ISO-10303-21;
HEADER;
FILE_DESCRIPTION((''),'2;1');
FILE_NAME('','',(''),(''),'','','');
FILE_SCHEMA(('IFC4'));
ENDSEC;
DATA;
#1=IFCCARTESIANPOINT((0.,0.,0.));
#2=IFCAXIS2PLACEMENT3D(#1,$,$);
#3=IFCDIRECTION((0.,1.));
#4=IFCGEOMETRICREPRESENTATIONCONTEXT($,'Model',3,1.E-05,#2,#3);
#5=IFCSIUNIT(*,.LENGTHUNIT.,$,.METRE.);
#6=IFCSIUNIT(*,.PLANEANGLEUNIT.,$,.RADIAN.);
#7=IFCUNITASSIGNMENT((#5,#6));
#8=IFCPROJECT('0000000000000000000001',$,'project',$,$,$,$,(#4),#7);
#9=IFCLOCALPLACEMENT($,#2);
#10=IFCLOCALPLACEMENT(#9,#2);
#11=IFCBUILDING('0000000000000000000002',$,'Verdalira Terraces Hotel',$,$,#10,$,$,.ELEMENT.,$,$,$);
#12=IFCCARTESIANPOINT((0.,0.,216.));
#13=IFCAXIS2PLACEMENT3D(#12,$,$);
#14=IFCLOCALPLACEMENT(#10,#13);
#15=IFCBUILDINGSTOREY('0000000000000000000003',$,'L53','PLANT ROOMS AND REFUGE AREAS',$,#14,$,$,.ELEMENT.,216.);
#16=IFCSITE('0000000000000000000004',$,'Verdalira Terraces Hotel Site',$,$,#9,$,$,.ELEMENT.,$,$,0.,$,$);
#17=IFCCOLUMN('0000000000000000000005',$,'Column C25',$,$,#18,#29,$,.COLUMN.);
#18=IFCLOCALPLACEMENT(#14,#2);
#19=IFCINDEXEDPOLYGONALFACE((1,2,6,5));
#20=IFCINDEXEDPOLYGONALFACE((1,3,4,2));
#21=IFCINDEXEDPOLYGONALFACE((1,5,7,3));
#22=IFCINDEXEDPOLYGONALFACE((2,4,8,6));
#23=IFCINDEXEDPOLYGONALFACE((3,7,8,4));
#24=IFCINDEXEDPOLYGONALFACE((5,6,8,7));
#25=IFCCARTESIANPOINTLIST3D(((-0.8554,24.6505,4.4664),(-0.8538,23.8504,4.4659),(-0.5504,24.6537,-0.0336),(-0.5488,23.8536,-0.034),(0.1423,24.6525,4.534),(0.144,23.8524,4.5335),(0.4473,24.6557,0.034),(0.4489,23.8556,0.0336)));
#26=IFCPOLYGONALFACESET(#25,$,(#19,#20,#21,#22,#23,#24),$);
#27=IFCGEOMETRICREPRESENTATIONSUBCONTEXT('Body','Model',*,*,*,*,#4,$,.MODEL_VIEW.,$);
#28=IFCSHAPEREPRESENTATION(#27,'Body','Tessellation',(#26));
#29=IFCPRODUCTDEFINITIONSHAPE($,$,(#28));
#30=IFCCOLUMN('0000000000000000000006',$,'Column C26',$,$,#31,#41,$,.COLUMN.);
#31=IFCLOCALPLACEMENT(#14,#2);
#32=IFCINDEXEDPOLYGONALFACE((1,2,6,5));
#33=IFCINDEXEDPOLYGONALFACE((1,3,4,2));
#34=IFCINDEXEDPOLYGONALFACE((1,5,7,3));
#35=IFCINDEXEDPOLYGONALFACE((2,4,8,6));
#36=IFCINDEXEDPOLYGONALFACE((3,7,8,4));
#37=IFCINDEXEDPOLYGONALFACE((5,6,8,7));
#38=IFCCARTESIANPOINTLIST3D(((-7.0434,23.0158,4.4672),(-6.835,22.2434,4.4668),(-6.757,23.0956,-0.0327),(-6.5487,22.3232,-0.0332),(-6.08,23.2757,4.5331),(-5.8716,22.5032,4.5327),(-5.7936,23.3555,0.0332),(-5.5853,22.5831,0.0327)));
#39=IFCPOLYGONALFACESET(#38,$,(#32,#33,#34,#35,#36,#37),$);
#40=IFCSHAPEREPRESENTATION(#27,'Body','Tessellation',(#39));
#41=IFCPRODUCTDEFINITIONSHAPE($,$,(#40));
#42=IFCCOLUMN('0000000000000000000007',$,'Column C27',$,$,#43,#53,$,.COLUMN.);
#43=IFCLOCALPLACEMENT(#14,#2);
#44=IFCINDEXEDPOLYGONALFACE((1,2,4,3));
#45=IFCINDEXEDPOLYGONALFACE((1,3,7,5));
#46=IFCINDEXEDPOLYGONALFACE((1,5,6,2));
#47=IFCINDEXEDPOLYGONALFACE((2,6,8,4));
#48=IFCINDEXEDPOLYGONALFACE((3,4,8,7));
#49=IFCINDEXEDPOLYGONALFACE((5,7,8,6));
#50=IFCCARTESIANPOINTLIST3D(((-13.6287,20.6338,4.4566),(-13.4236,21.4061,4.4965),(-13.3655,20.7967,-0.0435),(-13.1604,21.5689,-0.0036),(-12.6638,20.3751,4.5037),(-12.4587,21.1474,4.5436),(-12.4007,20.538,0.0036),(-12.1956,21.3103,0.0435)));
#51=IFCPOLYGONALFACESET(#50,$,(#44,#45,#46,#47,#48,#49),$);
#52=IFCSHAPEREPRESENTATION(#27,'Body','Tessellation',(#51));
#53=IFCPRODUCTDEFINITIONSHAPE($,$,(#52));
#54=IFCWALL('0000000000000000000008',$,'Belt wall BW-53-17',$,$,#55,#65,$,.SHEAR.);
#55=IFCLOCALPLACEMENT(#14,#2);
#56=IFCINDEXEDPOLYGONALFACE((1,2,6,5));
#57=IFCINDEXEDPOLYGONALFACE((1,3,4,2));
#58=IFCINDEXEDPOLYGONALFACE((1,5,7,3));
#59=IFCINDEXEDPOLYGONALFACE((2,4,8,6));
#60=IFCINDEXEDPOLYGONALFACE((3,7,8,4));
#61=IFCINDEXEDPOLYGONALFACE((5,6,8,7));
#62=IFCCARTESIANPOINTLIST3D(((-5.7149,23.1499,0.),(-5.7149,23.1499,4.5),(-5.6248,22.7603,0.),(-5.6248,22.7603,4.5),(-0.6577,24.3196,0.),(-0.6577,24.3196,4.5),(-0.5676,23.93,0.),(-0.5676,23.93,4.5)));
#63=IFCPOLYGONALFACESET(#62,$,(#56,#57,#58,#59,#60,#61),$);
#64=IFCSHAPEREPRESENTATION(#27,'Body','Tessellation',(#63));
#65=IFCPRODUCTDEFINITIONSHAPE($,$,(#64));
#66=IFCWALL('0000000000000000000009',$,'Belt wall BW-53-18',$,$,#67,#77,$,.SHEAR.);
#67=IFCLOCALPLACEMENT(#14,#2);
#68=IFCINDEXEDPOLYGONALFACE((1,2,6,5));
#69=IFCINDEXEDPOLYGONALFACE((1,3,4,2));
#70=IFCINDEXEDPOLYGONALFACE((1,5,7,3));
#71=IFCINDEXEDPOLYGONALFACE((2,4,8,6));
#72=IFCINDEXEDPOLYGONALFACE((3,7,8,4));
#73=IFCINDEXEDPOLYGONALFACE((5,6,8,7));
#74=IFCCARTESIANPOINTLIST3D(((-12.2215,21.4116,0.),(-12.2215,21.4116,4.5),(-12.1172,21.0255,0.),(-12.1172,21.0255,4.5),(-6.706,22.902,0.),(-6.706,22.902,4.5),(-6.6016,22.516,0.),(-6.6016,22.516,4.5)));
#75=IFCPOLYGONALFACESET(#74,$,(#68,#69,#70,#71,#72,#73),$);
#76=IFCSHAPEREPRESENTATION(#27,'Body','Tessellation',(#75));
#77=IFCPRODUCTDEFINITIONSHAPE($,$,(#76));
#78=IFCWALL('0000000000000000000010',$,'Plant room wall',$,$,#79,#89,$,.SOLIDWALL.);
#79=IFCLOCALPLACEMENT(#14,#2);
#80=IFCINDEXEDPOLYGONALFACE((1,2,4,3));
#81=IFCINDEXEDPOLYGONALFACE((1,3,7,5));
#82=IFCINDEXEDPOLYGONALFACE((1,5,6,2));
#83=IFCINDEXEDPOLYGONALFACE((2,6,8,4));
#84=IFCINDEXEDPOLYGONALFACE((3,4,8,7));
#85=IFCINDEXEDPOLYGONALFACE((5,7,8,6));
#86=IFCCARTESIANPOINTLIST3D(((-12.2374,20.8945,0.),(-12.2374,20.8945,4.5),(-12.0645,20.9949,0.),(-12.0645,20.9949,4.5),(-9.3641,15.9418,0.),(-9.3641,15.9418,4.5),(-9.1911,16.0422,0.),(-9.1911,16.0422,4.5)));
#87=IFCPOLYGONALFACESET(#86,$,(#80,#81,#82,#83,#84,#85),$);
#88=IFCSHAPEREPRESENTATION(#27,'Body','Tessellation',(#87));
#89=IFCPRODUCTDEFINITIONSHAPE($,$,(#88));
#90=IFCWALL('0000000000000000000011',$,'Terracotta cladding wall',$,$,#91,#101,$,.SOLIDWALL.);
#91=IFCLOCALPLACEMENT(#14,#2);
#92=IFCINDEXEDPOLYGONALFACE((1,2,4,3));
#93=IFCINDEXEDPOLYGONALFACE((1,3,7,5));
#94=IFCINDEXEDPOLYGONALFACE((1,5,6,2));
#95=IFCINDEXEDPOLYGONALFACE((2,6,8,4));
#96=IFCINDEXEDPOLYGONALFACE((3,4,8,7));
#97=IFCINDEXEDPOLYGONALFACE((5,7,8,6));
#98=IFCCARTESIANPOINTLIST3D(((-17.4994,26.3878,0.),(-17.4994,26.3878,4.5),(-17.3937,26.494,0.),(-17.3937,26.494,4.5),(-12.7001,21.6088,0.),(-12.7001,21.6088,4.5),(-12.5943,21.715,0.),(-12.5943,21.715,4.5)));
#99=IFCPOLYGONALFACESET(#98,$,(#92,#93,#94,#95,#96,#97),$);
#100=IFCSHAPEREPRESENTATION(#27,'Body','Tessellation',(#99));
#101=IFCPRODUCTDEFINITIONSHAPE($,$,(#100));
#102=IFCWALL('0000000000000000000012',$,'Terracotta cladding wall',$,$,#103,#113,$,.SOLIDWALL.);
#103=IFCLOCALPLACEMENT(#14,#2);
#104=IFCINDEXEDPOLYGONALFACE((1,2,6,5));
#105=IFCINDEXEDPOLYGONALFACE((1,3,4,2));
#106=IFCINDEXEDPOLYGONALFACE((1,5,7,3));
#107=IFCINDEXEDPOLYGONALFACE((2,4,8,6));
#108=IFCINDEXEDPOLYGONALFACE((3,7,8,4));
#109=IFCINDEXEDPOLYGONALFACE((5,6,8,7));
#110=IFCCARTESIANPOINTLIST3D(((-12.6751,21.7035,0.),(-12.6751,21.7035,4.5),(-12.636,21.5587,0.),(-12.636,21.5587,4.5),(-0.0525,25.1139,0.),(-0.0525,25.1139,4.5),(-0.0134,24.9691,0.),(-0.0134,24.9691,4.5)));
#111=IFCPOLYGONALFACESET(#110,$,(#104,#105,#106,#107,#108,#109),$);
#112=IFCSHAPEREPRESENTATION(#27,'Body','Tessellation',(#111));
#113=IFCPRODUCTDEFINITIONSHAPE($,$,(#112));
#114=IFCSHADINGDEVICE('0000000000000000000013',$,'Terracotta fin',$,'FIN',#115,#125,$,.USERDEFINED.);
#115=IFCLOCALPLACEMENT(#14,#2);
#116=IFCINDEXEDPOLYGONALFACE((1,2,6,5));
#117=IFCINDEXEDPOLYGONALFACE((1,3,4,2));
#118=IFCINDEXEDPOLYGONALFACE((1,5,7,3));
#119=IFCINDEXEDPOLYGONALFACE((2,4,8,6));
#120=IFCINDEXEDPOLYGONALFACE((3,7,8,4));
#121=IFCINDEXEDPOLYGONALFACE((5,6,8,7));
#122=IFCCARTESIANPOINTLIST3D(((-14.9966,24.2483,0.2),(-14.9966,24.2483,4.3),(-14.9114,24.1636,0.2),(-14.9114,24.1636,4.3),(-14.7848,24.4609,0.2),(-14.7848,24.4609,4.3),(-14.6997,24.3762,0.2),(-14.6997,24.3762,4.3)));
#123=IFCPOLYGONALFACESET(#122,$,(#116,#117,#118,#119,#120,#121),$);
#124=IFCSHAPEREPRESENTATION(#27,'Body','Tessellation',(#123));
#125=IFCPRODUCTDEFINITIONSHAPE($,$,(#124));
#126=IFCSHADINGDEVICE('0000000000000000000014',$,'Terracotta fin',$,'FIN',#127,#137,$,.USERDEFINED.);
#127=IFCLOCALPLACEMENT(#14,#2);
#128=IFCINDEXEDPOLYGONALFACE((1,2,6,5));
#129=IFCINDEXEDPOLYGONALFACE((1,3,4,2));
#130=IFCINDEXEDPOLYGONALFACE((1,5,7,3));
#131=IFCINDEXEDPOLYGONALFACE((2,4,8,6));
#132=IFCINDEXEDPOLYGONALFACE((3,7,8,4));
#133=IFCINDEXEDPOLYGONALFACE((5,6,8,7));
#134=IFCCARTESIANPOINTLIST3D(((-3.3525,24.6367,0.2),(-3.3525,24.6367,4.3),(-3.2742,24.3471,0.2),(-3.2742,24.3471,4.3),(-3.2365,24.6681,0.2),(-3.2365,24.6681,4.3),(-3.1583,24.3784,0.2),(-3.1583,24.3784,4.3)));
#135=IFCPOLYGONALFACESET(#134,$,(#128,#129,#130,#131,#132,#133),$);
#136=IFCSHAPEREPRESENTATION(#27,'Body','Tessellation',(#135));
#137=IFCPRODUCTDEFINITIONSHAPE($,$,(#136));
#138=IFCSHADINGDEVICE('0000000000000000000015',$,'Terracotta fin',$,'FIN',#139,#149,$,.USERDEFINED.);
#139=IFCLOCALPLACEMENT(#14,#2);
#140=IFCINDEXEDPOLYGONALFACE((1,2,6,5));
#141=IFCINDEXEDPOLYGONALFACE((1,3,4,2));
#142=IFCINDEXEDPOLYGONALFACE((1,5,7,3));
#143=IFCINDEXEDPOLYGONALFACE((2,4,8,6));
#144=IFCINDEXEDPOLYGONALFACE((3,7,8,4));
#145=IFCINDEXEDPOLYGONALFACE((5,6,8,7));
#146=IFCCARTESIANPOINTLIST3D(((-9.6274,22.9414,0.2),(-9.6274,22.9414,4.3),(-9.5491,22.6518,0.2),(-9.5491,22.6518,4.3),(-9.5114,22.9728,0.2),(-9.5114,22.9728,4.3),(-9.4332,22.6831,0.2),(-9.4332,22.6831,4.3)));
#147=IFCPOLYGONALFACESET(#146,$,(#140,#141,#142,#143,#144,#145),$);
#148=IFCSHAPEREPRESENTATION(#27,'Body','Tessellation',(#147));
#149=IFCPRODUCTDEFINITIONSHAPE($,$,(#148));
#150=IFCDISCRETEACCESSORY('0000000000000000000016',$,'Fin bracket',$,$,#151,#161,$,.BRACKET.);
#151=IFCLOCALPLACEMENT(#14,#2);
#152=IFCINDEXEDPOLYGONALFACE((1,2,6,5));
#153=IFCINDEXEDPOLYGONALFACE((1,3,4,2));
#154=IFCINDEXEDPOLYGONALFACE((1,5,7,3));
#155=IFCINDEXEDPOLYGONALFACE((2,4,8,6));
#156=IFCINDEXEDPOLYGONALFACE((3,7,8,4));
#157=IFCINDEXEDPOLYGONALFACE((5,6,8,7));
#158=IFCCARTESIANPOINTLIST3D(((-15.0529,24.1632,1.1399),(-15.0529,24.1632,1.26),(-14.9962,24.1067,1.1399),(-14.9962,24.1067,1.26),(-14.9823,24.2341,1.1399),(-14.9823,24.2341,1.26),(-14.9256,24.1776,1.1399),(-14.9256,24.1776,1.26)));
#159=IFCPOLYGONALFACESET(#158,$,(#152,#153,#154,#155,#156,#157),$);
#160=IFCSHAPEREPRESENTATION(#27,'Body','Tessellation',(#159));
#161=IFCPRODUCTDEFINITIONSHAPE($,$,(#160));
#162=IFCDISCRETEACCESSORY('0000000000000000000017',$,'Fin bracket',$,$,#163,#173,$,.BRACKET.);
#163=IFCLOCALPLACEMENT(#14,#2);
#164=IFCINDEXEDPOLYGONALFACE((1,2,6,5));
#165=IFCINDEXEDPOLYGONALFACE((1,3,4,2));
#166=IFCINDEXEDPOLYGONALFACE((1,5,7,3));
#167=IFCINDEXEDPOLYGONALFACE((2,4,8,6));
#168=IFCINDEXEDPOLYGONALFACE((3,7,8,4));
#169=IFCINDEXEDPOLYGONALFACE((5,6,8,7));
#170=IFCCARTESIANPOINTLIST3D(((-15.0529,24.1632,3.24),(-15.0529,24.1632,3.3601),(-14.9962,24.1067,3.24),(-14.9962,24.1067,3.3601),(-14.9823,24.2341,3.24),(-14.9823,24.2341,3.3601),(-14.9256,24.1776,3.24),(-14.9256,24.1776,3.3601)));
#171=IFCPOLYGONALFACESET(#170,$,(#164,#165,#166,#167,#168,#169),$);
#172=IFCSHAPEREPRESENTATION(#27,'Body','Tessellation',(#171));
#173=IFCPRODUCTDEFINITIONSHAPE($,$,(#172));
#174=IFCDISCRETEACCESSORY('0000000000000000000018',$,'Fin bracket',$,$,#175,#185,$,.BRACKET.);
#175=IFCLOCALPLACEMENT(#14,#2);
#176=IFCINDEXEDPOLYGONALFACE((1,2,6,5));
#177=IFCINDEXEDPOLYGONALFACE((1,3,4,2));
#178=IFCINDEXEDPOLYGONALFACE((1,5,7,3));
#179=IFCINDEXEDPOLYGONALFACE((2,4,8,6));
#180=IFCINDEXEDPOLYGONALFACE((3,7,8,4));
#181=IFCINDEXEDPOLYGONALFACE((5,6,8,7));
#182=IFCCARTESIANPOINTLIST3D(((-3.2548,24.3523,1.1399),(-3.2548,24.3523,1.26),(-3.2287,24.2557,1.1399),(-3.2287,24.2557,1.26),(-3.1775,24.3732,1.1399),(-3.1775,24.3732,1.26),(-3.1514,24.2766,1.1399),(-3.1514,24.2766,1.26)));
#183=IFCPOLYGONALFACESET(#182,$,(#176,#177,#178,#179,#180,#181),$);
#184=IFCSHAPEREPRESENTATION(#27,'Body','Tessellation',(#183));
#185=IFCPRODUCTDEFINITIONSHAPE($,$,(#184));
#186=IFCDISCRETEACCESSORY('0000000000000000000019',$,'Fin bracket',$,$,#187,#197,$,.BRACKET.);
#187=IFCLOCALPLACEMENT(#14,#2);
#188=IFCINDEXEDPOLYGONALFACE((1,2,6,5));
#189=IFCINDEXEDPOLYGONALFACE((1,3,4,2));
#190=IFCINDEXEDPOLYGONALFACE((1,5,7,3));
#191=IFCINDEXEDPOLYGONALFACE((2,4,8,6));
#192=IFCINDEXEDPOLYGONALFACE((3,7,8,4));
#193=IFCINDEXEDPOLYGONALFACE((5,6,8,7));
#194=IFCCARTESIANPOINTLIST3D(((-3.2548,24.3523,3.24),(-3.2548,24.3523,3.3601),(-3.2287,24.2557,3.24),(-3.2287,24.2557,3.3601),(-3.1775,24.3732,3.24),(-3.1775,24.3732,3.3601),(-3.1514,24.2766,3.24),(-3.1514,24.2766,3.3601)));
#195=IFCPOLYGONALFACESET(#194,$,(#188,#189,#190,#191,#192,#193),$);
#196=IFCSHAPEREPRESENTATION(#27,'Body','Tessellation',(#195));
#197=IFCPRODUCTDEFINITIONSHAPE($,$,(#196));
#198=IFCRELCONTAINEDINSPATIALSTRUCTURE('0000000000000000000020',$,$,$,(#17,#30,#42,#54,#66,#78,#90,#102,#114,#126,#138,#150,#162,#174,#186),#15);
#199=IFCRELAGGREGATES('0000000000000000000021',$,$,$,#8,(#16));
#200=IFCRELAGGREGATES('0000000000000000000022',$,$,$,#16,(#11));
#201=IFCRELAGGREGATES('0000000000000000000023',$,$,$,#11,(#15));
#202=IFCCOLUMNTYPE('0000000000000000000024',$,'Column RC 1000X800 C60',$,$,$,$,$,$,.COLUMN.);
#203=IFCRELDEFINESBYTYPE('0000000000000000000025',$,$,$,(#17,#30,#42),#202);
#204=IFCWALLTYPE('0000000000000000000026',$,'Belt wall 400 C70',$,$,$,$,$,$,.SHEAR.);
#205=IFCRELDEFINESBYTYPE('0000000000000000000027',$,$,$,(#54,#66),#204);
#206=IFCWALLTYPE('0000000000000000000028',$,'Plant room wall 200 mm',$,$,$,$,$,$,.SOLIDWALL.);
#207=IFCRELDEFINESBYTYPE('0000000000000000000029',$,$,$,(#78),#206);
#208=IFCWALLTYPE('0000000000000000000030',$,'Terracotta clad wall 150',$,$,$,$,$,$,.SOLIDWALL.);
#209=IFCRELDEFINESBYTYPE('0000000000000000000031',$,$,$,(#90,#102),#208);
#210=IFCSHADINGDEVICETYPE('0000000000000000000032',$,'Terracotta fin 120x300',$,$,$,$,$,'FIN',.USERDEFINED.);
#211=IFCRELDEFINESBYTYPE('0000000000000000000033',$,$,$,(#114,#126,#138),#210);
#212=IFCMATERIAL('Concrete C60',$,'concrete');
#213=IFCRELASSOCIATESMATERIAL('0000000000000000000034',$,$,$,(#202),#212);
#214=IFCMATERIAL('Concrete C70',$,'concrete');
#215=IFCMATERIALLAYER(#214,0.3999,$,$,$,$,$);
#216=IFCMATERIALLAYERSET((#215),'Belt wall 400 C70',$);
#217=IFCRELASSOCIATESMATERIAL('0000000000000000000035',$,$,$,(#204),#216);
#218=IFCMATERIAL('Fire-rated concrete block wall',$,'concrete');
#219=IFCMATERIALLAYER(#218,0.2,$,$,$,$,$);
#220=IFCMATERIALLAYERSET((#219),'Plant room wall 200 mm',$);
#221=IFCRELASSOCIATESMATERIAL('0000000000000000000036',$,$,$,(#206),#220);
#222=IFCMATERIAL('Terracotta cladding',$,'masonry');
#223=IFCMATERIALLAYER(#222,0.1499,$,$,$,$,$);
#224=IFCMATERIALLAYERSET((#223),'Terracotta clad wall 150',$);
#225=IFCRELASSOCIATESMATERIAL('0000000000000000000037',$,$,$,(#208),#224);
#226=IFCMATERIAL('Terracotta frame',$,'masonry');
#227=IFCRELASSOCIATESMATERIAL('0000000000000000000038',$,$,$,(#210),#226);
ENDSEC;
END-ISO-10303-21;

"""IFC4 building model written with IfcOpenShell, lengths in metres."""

from ifc_helpers import new_model, si_unit, direction, frame, frame_2d, origin, origin_2d, place, context, subcontext, project, spatial, rectangle, extrude, material, layer, layer_set, material_profile, profile_set, type_object, element, save


model = new_model("IFC4")

# Units and contexts
model_context = context("Model", 3, precision=1e-05, world=origin(), true_north=direction((0.0, 1.0)))
body_context = subcontext(model_context, "Body", "Model", "MODEL_VIEW")
ifc_project = project(units=[si_unit("LENGTHUNIT", "METRE"), si_unit("PLANEANGLEUNIT", "RADIAN")], contexts=[model_context])

# Site, building, storey
site_placement = place(None, origin())
site = spatial("IfcSite", under=ifc_project, at=site_placement, Name="Verdalira Terraces Hotel Site", CompositionType="ELEMENT", RefElevation=0.0)
building_placement = place(site_placement, origin())
building = spatial("IfcBuilding", under=site, at=building_placement, Name="Verdalira Terraces Hotel", CompositionType="ELEMENT")
storey_placement = place(building_placement, frame((0.0, 0.0, 216.0)))
storey = spatial("IfcBuildingStorey", under=building, at=storey_placement, Name="L53", Description="PLANT ROOMS AND REFUGE AREAS", CompositionType="ELEMENT", Elevation=216.0)

# Columns
ifc_material_1 = material(Name="Concrete C60", Category="concrete")
ifc_material_profile_1 = material_profile(ifc_material_1, rectangle(XDim=1.0, YDim=0.8, at=origin_2d()), Name="RC 1000X800")
ifc_profile_set_1 = profile_set([ifc_material_profile_1], Name="Concrete C60")
column_type = type_object("IfcColumnType", Name="Column RC 1000X800 C60", PredefinedType="COLUMN", material=ifc_profile_set_1)
column_1_placement = place(storey_placement, frame((-0.0508, 24.2546, 0.0), z_axis=(-0.067608, -0.000704, 0.997712), x_axis=(0.99771, 0.001987, 0.067609)))
element("IfcColumn", 1, at=column_1_placement, inside=storey, type_object=column_type, Name="Column C25", PredefinedType="COLUMN", context=body_context, shape_type="SweptSolid", body=[
    extrude(rectangle(XDim=1.0, YDim=0.8, at=origin_2d()), origin(), (0.0, 0.0, 1.0), 4.5103),
])
column_2_placement = place(storey_placement, frame((-6.1711, 22.8394, 0.0), z_axis=(-0.063501, -0.017702, 0.997825), x_axis=(-0.963396, -0.259853, -0.06592)))
element("IfcColumn", 2, at=column_2_placement, inside=storey, type_object=column_type, Name="Column C26", PredefinedType="COLUMN", context=body_context, shape_type="SweptSolid", body=[
    extrude(rectangle(XDim=1.0, YDim=0.8, at=origin_2d()), origin(), (0.0, 0.0, 1.0), 4.5098),
])
column_3_placement = place(storey_placement, frame((-12.7805, 21.0535, 0.0), z_axis=(-0.058347, -0.036102, 0.997643), x_axis=(0.964819, -0.258667, 0.047067)))
element("IfcColumn", 3, at=column_3_placement, inside=storey, type_object=column_type, Name="Column C27", PredefinedType="COLUMN", context=body_context, shape_type="SweptSolid", body=[
    extrude(rectangle(XDim=1.0, YDim=0.8, at=origin_2d()), origin(), (0.0, 0.0, 1.0), 4.5107),
])

# Walls
ifc_material_2 = material(Name="Concrete C70", Category="concrete")
ifc_layer_1 = layer(ifc_material_2, 0.3999)
ifc_layer_set_1 = layer_set([ifc_layer_1], Name="Belt wall 400 C70")
wall_type_1 = type_object("IfcWallType", Name="Belt wall 400 C70", PredefinedType="SHEAR", material=ifc_layer_set_1)
wall_1_placement = place(storey_placement, frame((-0.6128, 24.1248, 0.0), z_axis=(0.0, 0.0, 1.0), x_axis=(-0.974279, -0.225344, 0.0)))
element("IfcWall", 4, at=wall_1_placement, inside=storey, type_object=wall_type_1, Name="Belt wall BW-53-17", PredefinedType="SHEAR", context=body_context, shape_type="SweptSolid", body=[
    extrude(rectangle(XDim=5.1907, YDim=0.3999, at=frame_2d((2.5952, 0.0))), origin(), (0.0, 0.0, 1.0), 4.5),
])
wall_2_placement = place(storey_placement, frame((-6.6538, 22.709, 0.0), z_axis=(0.0, 0.0, 1.0), x_axis=(-0.965374, -0.260871, 0.0)))
element("IfcWall", 5, at=wall_2_placement, inside=storey, type_object=wall_type_1, Name="Belt wall BW-53-18", PredefinedType="SHEAR", context=body_context, shape_type="SweptSolid", body=[
    extrude(rectangle(XDim=5.7134, YDim=0.3999, at=frame_2d((2.8567, 0.0))), origin(), (0.0, 0.0, 1.0), 4.5),
])
ifc_material_3 = material(Name="Fire-rated concrete block wall", Category="concrete")
ifc_layer_2 = layer(ifc_material_3, 0.2)
ifc_layer_set_2 = layer_set([ifc_layer_2], Name="Plant room wall 200 mm")
wall_type_2 = type_object("IfcWallType", Name="Plant room wall 200 mm", PredefinedType="SOLIDWALL", material=ifc_layer_set_2)
wall_3_placement = place(storey_placement, frame((-12.1509, 20.9446, 0.0), z_axis=(0.0, 0.0, 1.0), x_axis=(0.501818, -0.864973, 0.0)))
element("IfcWall", 6, at=wall_3_placement, inside=storey, type_object=wall_type_2, Name="Plant room wall", PredefinedType="SOLIDWALL", context=body_context, shape_type="SweptSolid", body=[
    extrude(rectangle(XDim=5.7258, YDim=0.2, at=frame_2d((2.8628, 0.0))), origin(), (0.0, 0.0, 1.0), 4.5),
])
ifc_material_4 = material(Name="Terracotta cladding", Category="masonry")
ifc_layer_3 = layer(ifc_material_4, 0.1499)
ifc_layer_set_3 = layer_set([ifc_layer_3], Name="Terracotta clad wall 150")
wall_type_3 = type_object("IfcWallType", Name="Terracotta clad wall 150", PredefinedType="SOLIDWALL", material=ifc_layer_set_3)
wall_4_placement = place(storey_placement, frame((-12.6472, 21.6619, 0.0), z_axis=(0.0, 0.0, 1.0), x_axis=(-0.708601, 0.705609, 0.0)))
element("IfcWall", 7, at=wall_4_placement, inside=storey, type_object=wall_type_3, Name="Terracotta cladding wall", PredefinedType="SOLIDWALL", context=body_context, shape_type="SweptSolid", body=[
    extrude(rectangle(XDim=6.7729, YDim=0.1499, at=frame_2d((3.3865, 0.0))), origin(), (0.0, 0.0, 1.0), 4.5),
])
wall_5_placement = place(storey_placement, frame((-0.033, 25.0415, 0.0), z_axis=(0.0, 0.0, 1.0), x_axis=(-0.965385, -0.26083, 0.0)))
element("IfcWall", 8, at=wall_5_placement, inside=storey, type_object=wall_type_3, Name="Terracotta cladding wall", PredefinedType="SOLIDWALL", context=body_context, shape_type="SweptSolid", body=[
    extrude(rectangle(XDim=13.0752, YDim=0.1499, at=frame_2d((6.5376, 0.0))), origin(), (0.0, 0.0, 1.0), 4.5),
])

# Shading devices
ifc_material_5 = material(Name="Terracotta frame", Category="masonry")
ifc_material_profile_2 = material_profile(ifc_material_5, rectangle(XDim=0.1201, YDim=0.3, at=origin_2d()), Name="FIN 120x300")
ifc_profile_set_2 = profile_set([ifc_material_profile_2], Name="Terracotta frame")
shading_device_type = type_object("IfcShadingDeviceType", Name="Terracotta fin 120x300", ElementType="FIN", PredefinedType="USERDEFINED", material=ifc_profile_set_2)
for number, where, z_axis, x_axis, name in (
    (9, (-14.8481, 24.3123, 0.2), (0.0, 0.0, 1.0), (-0.708586, 0.705624, 0.0), "Terracotta fin"),
    (10, (-3.2554, 24.5076, 0.2), (0.0, 0.0, 1.0), (-0.965382, -0.260842, 0.0), "Terracotta fin"),
    (11, (-9.5303, 22.8123, 0.2), (0.0, 0.0, 1.0), (-0.965382, -0.260842, 0.0), "Terracotta fin"),
):
    element("IfcShadingDevice", number, at=place(storey_placement, frame(where, z_axis=z_axis, x_axis=x_axis)), inside=storey, type_object=shading_device_type, Name=name, ObjectType="FIN", PredefinedType="USERDEFINED", context=body_context, shape_type="SweptSolid", body=[
        extrude(rectangle(XDim=0.1201, YDim=0.3, at=origin_2d()), origin(), (0.0, 0.0, 1.0), 4.1001),
    ])

# Discrete accessories
for number, where, z_axis, x_axis, name in (
    (12, (-14.9893, 24.1704, 1.1399), (0.0, 0.0, 1.0), (-0.708586, 0.705624, 0.0), "Fin bracket"),
    (13, (-14.9893, 24.1704, 3.24), (0.0, 0.0, 1.0), (-0.708586, 0.705624, 0.0), "Fin bracket"),
    (14, (-3.2031, 24.3145, 1.1399), (0.0, 0.0, 1.0), (-0.965382, -0.260842, 0.0), "Fin bracket"),
    (15, (-3.2031, 24.3145, 3.24), (0.0, 0.0, 1.0), (-0.965382, -0.260842, 0.0), "Fin bracket"),
):
    element("IfcDiscreteAccessory", number, at=place(storey_placement, frame(where, z_axis=z_axis, x_axis=x_axis)), inside=storey, Name=name, PredefinedType="BRACKET", context=body_context, shape_type="SweptSolid", body=[
        extrude(rectangle(XDim=0.0801, YDim=0.1001, at=origin_2d()), origin(), (0.0, 0.0, 1.0), 0.1201),
    ])

save(model, "model.ifc")
